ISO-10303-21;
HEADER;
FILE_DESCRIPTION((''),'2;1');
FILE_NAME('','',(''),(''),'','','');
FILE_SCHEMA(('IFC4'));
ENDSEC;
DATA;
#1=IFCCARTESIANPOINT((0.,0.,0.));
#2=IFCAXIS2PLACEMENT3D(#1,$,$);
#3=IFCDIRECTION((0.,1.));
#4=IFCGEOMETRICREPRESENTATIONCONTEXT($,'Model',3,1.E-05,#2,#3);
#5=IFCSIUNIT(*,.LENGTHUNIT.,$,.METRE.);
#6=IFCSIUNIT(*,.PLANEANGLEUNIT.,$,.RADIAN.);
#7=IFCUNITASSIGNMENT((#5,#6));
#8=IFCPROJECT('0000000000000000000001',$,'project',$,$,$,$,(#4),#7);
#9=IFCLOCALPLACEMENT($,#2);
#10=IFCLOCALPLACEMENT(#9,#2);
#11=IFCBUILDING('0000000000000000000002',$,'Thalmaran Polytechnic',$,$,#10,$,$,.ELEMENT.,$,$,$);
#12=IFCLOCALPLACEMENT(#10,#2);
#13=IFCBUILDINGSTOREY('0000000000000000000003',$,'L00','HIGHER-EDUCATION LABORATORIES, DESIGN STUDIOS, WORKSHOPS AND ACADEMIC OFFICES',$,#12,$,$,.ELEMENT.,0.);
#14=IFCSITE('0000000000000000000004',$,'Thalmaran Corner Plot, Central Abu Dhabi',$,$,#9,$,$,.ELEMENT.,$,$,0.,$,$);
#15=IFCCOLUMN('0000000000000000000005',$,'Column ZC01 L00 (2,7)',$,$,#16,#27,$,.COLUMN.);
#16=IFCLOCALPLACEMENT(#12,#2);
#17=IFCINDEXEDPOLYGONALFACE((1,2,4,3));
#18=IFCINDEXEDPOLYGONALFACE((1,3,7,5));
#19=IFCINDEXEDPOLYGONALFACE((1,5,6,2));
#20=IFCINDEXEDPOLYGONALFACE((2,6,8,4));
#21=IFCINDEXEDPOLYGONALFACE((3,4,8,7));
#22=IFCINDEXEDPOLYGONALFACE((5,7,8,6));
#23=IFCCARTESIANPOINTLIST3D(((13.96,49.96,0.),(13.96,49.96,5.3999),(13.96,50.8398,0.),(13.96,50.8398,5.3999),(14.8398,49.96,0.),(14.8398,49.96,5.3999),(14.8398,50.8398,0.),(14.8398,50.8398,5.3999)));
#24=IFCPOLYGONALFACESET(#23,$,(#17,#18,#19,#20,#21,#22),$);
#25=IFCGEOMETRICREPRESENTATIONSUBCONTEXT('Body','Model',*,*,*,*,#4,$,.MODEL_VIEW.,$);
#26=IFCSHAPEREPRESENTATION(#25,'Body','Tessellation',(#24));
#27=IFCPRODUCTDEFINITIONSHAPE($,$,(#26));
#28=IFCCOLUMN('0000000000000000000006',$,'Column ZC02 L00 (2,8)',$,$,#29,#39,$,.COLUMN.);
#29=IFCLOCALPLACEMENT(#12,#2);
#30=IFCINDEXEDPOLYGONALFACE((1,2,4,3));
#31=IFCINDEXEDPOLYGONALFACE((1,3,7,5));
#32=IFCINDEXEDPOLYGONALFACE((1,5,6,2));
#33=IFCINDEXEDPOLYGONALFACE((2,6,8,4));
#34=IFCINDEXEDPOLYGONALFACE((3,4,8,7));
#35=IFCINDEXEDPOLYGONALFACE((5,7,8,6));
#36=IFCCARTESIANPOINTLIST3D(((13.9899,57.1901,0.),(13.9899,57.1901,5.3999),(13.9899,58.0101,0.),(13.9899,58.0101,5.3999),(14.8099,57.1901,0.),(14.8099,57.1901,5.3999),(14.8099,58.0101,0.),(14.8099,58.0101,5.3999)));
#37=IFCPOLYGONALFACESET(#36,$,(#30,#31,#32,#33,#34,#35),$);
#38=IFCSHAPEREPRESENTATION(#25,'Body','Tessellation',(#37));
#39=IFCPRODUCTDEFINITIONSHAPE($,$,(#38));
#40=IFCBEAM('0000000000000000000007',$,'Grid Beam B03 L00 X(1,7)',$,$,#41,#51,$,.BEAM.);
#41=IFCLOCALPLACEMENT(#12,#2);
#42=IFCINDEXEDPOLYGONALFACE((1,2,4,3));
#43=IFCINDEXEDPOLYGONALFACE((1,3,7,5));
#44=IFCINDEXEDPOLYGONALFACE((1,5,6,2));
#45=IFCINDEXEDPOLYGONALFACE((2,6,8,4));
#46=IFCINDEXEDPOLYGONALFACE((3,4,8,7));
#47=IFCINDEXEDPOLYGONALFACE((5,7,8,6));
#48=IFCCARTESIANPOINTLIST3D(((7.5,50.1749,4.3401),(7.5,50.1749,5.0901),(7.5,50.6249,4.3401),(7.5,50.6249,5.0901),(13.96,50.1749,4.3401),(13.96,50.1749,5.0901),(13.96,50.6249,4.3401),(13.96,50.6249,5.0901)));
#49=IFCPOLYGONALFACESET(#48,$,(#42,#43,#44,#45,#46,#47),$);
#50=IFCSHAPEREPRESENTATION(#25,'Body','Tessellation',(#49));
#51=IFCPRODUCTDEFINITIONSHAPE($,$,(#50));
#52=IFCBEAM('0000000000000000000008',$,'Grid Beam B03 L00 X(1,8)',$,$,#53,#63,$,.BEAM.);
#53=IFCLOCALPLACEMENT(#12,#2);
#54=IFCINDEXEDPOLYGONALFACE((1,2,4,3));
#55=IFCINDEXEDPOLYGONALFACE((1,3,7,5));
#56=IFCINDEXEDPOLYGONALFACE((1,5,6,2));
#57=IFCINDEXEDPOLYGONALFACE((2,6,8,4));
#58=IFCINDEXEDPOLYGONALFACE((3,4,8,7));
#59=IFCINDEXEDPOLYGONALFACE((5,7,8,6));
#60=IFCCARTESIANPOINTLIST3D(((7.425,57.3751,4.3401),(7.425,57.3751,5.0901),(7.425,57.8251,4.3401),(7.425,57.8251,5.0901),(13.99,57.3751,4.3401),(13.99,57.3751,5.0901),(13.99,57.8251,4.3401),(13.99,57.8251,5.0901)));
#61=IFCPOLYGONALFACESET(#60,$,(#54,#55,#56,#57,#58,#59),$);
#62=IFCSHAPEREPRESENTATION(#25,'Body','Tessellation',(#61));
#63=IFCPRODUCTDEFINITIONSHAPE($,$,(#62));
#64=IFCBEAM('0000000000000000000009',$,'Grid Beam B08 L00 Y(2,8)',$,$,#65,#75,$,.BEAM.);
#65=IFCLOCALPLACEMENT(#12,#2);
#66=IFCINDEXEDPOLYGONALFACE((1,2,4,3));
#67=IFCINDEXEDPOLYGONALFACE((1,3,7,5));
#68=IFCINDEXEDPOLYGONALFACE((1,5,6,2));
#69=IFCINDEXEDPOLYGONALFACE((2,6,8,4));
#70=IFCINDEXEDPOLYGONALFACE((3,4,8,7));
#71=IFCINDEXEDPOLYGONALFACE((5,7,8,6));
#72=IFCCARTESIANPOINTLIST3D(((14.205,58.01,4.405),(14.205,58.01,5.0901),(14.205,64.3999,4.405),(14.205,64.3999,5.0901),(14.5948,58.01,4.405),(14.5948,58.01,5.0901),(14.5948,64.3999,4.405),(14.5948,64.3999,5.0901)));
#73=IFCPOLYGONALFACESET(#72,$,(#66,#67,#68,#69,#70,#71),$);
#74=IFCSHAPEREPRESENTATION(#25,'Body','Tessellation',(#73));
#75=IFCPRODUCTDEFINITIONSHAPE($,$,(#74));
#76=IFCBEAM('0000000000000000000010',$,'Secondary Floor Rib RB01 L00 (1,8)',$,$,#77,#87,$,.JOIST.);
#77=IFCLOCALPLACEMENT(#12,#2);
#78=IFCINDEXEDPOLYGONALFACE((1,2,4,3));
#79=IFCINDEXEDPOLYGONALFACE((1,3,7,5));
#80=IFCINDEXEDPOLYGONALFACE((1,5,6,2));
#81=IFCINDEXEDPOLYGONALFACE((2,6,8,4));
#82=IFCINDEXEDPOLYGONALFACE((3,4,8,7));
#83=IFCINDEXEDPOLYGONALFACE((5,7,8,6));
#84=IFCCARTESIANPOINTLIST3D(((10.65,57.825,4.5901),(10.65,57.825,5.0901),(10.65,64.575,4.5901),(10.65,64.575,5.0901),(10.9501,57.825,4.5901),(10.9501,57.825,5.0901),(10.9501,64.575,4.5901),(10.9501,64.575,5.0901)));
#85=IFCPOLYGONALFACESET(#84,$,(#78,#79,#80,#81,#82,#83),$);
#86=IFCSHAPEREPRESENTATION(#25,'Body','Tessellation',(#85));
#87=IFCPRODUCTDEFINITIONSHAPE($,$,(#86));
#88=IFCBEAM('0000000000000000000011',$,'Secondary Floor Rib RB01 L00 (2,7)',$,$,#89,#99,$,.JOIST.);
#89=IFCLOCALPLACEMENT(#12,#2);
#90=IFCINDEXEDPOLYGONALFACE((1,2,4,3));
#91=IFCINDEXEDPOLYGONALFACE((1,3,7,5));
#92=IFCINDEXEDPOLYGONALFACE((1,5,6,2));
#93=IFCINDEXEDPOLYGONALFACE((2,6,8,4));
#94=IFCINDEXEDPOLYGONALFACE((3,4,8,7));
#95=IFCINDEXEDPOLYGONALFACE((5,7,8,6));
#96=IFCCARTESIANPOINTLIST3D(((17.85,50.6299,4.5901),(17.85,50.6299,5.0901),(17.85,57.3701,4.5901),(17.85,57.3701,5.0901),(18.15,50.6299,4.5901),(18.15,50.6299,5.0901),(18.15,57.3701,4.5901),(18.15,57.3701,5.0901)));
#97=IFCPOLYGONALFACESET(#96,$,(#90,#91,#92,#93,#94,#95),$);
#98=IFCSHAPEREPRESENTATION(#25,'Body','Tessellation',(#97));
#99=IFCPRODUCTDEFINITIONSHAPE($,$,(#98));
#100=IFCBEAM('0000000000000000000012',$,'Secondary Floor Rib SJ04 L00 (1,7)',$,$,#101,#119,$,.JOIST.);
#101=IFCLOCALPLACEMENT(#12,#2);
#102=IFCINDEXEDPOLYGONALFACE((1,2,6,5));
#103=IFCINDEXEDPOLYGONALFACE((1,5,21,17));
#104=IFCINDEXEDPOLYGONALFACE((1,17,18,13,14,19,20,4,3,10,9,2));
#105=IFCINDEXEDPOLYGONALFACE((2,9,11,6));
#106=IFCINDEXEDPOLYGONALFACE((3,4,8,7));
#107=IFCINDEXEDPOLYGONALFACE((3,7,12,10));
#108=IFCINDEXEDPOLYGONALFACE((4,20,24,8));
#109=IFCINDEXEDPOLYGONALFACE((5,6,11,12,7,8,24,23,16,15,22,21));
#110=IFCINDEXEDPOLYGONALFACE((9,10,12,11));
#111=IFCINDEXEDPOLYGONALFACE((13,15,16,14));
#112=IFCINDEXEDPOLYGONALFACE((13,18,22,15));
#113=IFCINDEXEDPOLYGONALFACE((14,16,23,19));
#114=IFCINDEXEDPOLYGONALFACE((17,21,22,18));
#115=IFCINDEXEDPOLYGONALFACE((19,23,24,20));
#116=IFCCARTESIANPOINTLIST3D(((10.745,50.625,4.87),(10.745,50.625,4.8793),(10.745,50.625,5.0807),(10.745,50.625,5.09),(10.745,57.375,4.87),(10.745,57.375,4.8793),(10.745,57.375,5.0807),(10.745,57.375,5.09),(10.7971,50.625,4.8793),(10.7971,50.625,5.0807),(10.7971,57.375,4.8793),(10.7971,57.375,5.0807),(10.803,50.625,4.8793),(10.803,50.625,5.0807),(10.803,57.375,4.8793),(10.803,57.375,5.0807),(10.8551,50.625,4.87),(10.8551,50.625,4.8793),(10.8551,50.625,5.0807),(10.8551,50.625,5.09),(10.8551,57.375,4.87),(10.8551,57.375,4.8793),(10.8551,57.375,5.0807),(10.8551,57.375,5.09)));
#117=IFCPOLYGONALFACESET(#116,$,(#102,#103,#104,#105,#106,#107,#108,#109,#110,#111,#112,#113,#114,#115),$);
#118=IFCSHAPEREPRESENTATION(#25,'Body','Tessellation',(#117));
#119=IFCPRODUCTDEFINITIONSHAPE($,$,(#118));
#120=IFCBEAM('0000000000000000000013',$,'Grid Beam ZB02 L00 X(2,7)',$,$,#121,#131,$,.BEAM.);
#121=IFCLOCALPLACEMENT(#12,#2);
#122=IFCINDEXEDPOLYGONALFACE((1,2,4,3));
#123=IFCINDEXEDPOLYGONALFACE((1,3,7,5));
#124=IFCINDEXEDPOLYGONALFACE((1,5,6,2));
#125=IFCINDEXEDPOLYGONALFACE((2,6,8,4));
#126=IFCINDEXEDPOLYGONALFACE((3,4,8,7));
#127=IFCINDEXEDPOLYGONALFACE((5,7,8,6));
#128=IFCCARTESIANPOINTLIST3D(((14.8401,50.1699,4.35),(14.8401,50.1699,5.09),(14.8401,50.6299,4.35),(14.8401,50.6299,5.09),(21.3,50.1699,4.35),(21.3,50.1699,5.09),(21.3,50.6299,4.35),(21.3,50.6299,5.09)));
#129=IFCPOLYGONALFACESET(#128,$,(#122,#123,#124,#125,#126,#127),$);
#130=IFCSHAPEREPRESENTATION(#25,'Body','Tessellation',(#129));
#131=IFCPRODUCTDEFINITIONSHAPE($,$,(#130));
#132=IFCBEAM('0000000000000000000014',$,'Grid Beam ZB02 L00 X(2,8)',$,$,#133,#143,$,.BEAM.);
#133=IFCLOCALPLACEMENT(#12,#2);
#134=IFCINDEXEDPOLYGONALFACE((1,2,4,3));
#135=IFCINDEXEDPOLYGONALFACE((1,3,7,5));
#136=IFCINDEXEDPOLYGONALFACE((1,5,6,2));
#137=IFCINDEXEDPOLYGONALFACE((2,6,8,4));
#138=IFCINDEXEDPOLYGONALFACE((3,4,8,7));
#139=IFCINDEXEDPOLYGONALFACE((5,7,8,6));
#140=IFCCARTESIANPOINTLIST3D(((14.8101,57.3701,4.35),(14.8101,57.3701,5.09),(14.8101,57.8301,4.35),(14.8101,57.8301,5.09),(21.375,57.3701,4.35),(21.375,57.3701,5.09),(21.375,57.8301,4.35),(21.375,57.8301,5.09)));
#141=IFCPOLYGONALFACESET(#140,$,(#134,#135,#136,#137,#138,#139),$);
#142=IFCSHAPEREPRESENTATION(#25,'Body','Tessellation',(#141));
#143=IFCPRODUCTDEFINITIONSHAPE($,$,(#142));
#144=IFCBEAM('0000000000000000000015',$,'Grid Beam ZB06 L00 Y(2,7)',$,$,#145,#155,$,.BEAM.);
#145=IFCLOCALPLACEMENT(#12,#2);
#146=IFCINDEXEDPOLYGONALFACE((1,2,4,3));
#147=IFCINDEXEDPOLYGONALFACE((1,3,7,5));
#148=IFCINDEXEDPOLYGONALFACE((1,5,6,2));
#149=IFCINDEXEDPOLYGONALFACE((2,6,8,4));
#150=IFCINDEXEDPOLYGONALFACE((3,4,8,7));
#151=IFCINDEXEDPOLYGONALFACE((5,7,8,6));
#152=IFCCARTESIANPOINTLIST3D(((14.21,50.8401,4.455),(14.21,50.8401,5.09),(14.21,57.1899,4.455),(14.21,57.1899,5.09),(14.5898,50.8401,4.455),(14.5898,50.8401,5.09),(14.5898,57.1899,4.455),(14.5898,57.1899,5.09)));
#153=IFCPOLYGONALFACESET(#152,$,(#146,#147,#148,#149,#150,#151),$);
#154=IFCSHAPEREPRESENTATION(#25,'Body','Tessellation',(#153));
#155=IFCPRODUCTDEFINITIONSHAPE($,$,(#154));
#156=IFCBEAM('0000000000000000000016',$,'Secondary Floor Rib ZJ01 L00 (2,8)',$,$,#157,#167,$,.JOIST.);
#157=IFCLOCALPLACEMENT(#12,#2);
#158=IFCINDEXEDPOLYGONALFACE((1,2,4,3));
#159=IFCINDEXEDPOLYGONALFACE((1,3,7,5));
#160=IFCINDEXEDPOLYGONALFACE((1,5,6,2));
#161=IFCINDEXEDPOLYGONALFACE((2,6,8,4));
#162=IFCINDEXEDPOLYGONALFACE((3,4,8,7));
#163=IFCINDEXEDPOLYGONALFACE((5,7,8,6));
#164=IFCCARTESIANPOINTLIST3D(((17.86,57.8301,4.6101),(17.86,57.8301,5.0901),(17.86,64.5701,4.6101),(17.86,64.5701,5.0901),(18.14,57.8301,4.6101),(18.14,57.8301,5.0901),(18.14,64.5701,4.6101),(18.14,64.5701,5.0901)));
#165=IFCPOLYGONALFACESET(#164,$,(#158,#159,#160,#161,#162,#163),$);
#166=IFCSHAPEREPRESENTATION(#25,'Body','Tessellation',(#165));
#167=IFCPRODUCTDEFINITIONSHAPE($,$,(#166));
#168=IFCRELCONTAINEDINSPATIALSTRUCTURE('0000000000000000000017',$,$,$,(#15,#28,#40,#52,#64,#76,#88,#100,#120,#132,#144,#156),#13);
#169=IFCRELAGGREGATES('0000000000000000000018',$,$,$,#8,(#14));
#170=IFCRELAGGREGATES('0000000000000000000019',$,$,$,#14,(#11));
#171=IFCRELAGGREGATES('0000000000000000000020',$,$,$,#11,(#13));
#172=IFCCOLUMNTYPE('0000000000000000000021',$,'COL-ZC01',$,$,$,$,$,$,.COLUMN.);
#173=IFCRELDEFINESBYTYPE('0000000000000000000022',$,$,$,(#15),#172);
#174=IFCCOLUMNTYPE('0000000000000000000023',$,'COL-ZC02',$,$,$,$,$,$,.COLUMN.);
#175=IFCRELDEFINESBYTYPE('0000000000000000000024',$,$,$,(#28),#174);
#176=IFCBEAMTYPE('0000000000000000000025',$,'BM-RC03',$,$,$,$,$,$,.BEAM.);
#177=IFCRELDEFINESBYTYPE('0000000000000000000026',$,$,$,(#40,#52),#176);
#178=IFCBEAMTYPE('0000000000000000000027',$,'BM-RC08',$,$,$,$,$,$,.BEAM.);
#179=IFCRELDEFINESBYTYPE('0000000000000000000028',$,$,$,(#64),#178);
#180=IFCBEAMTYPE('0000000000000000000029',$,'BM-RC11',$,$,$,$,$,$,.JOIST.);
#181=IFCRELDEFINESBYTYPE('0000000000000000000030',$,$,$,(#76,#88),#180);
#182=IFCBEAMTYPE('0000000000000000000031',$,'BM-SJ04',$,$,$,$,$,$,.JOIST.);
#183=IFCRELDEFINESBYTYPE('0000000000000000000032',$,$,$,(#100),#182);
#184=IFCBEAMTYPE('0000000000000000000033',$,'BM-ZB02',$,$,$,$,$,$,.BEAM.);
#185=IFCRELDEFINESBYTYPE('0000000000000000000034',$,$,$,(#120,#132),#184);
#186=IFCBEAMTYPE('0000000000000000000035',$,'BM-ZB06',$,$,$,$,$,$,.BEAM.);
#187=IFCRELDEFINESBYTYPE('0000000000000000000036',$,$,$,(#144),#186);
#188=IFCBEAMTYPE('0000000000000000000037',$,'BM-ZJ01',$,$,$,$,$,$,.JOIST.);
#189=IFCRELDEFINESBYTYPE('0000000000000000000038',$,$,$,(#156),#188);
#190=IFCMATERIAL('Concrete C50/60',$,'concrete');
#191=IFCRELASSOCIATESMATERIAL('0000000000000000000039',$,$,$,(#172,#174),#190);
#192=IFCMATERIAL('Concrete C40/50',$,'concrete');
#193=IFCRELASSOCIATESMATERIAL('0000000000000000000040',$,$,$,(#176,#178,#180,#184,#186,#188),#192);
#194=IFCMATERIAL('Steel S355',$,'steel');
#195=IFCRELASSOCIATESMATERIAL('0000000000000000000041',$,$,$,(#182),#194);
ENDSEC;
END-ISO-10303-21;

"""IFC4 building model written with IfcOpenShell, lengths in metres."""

from ifc_helpers import new_model, si_unit, direction, frame, origin, origin_2d, place, context, subcontext, project, spatial, rectangle, i_section, extrude, material, material_profile, profile_set, type_object, element, save


model = new_model("IFC4")

# Units and contexts
model_context = context("Model", 3, precision=1e-05, world=origin(), true_north=direction((0.0, 1.0)))
body_context = subcontext(model_context, "Body", "Model", "MODEL_VIEW")
ifc_project = project(units=[si_unit("LENGTHUNIT", "METRE"), si_unit("PLANEANGLEUNIT", "RADIAN")], contexts=[model_context])

# Site, building, storey
site_placement = place(None, origin())
site = spatial("IfcSite", under=ifc_project, at=site_placement, Name="Thalmaran Corner Plot, Central Abu Dhabi", CompositionType="ELEMENT", RefElevation=0.0)
building_placement = place(site_placement, origin())
building = spatial("IfcBuilding", under=site, at=building_placement, Name="Thalmaran Polytechnic", CompositionType="ELEMENT")
storey_placement = place(building_placement, origin())
storey = spatial("IfcBuildingStorey", under=building, at=storey_placement, Name="L00", Description="HIGHER-EDUCATION LABORATORIES, DESIGN STUDIOS, WORKSHOPS AND ACADEMIC OFFICES", CompositionType="ELEMENT", Elevation=0.0)

# Columns
ifc_material_1 = material(Name="Concrete C50/60", Category="concrete")
ifc_material_profile_1 = material_profile(ifc_material_1, rectangle(XDim=0.8799, YDim=0.8799, at=origin_2d()), Name="RC 880x880")
ifc_profile_set_1 = profile_set([ifc_material_profile_1], Name="Concrete C50/60")
column_type_1 = type_object("IfcColumnType", Name="COL-ZC01", PredefinedType="COLUMN", material=ifc_profile_set_1)
column_1_placement = place(storey_placement, frame((14.3999, 50.3999, 0.0), z_axis=(0.0, 0.0, 1.0), x_axis=(1.0, 0.0, 0.0)))
element("IfcColumn", 1, at=column_1_placement, inside=storey, type_object=column_type_1, Name="Column ZC01 L00 (2,7)", PredefinedType="COLUMN", context=body_context, shape_type="SweptSolid", body=[
    extrude(rectangle(XDim=0.8799, YDim=0.8799, at=origin_2d()), origin(), (0.0, 0.0, 1.0), 5.3999),
])
ifc_material_profile_2 = material_profile(ifc_material_1, rectangle(XDim=0.8201, YDim=0.8201, at=origin_2d()), Name="RC 820x820")
ifc_profile_set_2 = profile_set([ifc_material_profile_2], Name="Concrete C50/60")
column_type_2 = type_object("IfcColumnType", Name="COL-ZC02", PredefinedType="COLUMN", material=ifc_profile_set_2)
column_2_placement = place(storey_placement, frame((14.3999, 57.6001, 0.0), z_axis=(0.0, 0.0, 1.0), x_axis=(1.0, 0.0, 0.0)))
element("IfcColumn", 2, at=column_2_placement, inside=storey, type_object=column_type_2, Name="Column ZC02 L00 (2,8)", PredefinedType="COLUMN", context=body_context, shape_type="SweptSolid", body=[
    extrude(rectangle(XDim=0.8201, YDim=0.8201, at=origin_2d()), origin(), (0.0, 0.0, 1.0), 5.3999),
])

# Beams
ifc_material_2 = material(Name="Concrete C40/50", Category="concrete")
ifc_material_profile_3 = material_profile(ifc_material_2, rectangle(XDim=0.45, YDim=0.75, at=origin_2d()), Name="RC 450x750")
ifc_profile_set_3 = profile_set([ifc_material_profile_3], Name="Concrete C40/50")
beam_type_1 = type_object("IfcBeamType", Name="BM-RC03", PredefinedType="BEAM", material=ifc_profile_set_3)
beam_1_placement = place(storey_placement, frame((7.5, 50.3999, 4.7151), z_axis=(1.0, 0.0, 0.0), x_axis=(0.0, 1.0, 0.0)))
element("IfcBeam", 3, at=beam_1_placement, inside=storey, type_object=beam_type_1, Name="Grid Beam B03 L00 X(1,7)", PredefinedType="BEAM", context=body_context, shape_type="SweptSolid", body=[
    extrude(rectangle(XDim=0.45, YDim=0.75, at=origin_2d()), origin(), (0.0, 0.0, 1.0), 6.46),
])
beam_2_placement = place(storey_placement, frame((7.425, 57.6001, 4.7151), z_axis=(1.0, 0.0, 0.0), x_axis=(0.0, 1.0, 0.0)))
element("IfcBeam", 4, at=beam_2_placement, inside=storey, type_object=beam_type_1, Name="Grid Beam B03 L00 X(1,8)", PredefinedType="BEAM", context=body_context, shape_type="SweptSolid", body=[
    extrude(rectangle(XDim=0.45, YDim=0.75, at=origin_2d()), origin(), (0.0, 0.0, 1.0), 6.5649),
])
ifc_material_profile_4 = material_profile(ifc_material_2, rectangle(XDim=0.3899, YDim=0.6851, at=origin_2d()), Name="RC 390x685")
ifc_profile_set_4 = profile_set([ifc_material_profile_4], Name="Concrete C40/50")
beam_type_2 = type_object("IfcBeamType", Name="BM-RC08", PredefinedType="BEAM", material=ifc_profile_set_4)
beam_3_placement = place(storey_placement, frame((14.3999, 58.01, 4.7476), z_axis=(0.0, 1.0, 0.0), x_axis=(-1.0, 0.0, 0.0)))
element("IfcBeam", 5, at=beam_3_placement, inside=storey, type_object=beam_type_2, Name="Grid Beam B08 L00 Y(2,8)", PredefinedType="BEAM", context=body_context, shape_type="SweptSolid", body=[
    extrude(rectangle(XDim=0.3899, YDim=0.6851, at=origin_2d()), origin(), (0.0, 0.0, 1.0), 6.3899),
])
ifc_material_profile_5 = material_profile(ifc_material_2, rectangle(XDim=0.3, YDim=0.5, at=origin_2d()), Name="RC 300x500")
ifc_profile_set_5 = profile_set([ifc_material_profile_5], Name="Concrete C40/50")
beam_type_3 = type_object("IfcBeamType", Name="BM-RC11", PredefinedType="JOIST", material=ifc_profile_set_5)
beam_4_placement = place(storey_placement, frame((10.8, 57.825, 4.8401), z_axis=(0.0, 1.0, 0.0), x_axis=(-1.0, 0.0, 0.0)))
element("IfcBeam", 6, at=beam_4_placement, inside=storey, type_object=beam_type_3, Name="Secondary Floor Rib RB01 L00 (1,8)", PredefinedType="JOIST", context=body_context, shape_type="SweptSolid", body=[
    extrude(rectangle(XDim=0.3, YDim=0.5, at=origin_2d()), origin(), (0.0, 0.0, 1.0), 6.75),
])
beam_5_placement = place(storey_placement, frame((18.0, 50.6299, 4.8401), z_axis=(0.0, 1.0, 0.0), x_axis=(-1.0, 0.0, 0.0)))
element("IfcBeam", 7, at=beam_5_placement, inside=storey, type_object=beam_type_3, Name="Secondary Floor Rib RB01 L00 (2,7)", PredefinedType="JOIST", context=body_context, shape_type="SweptSolid", body=[
    extrude(rectangle(XDim=0.3, YDim=0.5, at=origin_2d()), origin(), (0.0, 0.0, 1.0), 6.7402),
])
ifc_material_3 = material(Name="Steel S355", Category="steel")
ifc_material_profile_6 = material_profile(ifc_material_3, i_section(OverallWidth=0.1101, OverallDepth=0.22, WebThickness=0.0059, FlangeThickness=0.0093, at=origin_2d()), Name="IPE 220")
ifc_profile_set_6 = profile_set([ifc_material_profile_6], Name="Steel S355")
beam_type_4 = type_object("IfcBeamType", Name="BM-SJ04", PredefinedType="JOIST", material=ifc_profile_set_6)
beam_6_placement = place(storey_placement, frame((10.8, 50.625, 4.98), z_axis=(0.0, 1.0, 0.0), x_axis=(-1.0, 0.0, 0.0)))
element("IfcBeam", 8, at=beam_6_placement, inside=storey, type_object=beam_type_4, Name="Secondary Floor Rib SJ04 L00 (1,7)", PredefinedType="JOIST", context=body_context, shape_type="SweptSolid", body=[
    extrude(i_section(OverallWidth=0.1101, OverallDepth=0.22, WebThickness=0.0059, FlangeThickness=0.0093, at=origin_2d()), origin(), (0.0, 0.0, 1.0), 6.75),
])
ifc_material_profile_7 = material_profile(ifc_material_2, rectangle(XDim=0.46, YDim=0.74, at=origin_2d()), Name="RC 460x740")
ifc_profile_set_7 = profile_set([ifc_material_profile_7], Name="Concrete C40/50")
beam_type_5 = type_object("IfcBeamType", Name="BM-ZB02", PredefinedType="BEAM", material=ifc_profile_set_7)
beam_7_placement = place(storey_placement, frame((14.8401, 50.3999, 4.72), z_axis=(1.0, 0.0, 0.0), x_axis=(0.0, 1.0, 0.0)))
element("IfcBeam", 9, at=beam_7_placement, inside=storey, type_object=beam_type_5, Name="Grid Beam ZB02 L00 X(2,7)", PredefinedType="BEAM", context=body_context, shape_type="SweptSolid", body=[
    extrude(rectangle(XDim=0.46, YDim=0.74, at=origin_2d()), origin(), (0.0, 0.0, 1.0), 6.46),
])
beam_8_placement = place(storey_placement, frame((14.8101, 57.6001, 4.72), z_axis=(1.0, 0.0, 0.0), x_axis=(0.0, 1.0, 0.0)))
element("IfcBeam", 10, at=beam_8_placement, inside=storey, type_object=beam_type_5, Name="Grid Beam ZB02 L00 X(2,8)", PredefinedType="BEAM", context=body_context, shape_type="SweptSolid", body=[
    extrude(rectangle(XDim=0.46, YDim=0.74, at=origin_2d()), origin(), (0.0, 0.0, 1.0), 6.5649),
])
ifc_material_profile_8 = material_profile(ifc_material_2, rectangle(XDim=0.3799, YDim=0.635, at=origin_2d()), Name="RC 380x635")
ifc_profile_set_8 = profile_set([ifc_material_profile_8], Name="Concrete C40/50")
beam_type_6 = type_object("IfcBeamType", Name="BM-ZB06", PredefinedType="BEAM", material=ifc_profile_set_8)
beam_9_placement = place(storey_placement, frame((14.3999, 50.8401, 4.7725), z_axis=(0.0, 1.0, 0.0), x_axis=(-1.0, 0.0, 0.0)))
element("IfcBeam", 11, at=beam_9_placement, inside=storey, type_object=beam_type_6, Name="Grid Beam ZB06 L00 Y(2,7)", PredefinedType="BEAM", context=body_context, shape_type="SweptSolid", body=[
    extrude(rectangle(XDim=0.3799, YDim=0.635, at=origin_2d()), origin(), (0.0, 0.0, 1.0), 6.3499),
])
ifc_material_profile_9 = material_profile(ifc_material_2, rectangle(XDim=0.28, YDim=0.48, at=origin_2d()), Name="RC 280x480")
ifc_profile_set_9 = profile_set([ifc_material_profile_9], Name="Concrete C40/50")
beam_type_7 = type_object("IfcBeamType", Name="BM-ZJ01", PredefinedType="JOIST", material=ifc_profile_set_9)
beam_10_placement = place(storey_placement, frame((18.0, 57.8301, 4.8501), z_axis=(0.0, 1.0, 0.0), x_axis=(-1.0, 0.0, 0.0)))
element("IfcBeam", 12, at=beam_10_placement, inside=storey, type_object=beam_type_7, Name="Secondary Floor Rib ZJ01 L00 (2,8)", PredefinedType="JOIST", context=body_context, shape_type="SweptSolid", body=[
    extrude(rectangle(XDim=0.28, YDim=0.48, at=origin_2d()), origin(), (0.0, 0.0, 1.0), 6.74),
])

save(model, "model.ifc")
